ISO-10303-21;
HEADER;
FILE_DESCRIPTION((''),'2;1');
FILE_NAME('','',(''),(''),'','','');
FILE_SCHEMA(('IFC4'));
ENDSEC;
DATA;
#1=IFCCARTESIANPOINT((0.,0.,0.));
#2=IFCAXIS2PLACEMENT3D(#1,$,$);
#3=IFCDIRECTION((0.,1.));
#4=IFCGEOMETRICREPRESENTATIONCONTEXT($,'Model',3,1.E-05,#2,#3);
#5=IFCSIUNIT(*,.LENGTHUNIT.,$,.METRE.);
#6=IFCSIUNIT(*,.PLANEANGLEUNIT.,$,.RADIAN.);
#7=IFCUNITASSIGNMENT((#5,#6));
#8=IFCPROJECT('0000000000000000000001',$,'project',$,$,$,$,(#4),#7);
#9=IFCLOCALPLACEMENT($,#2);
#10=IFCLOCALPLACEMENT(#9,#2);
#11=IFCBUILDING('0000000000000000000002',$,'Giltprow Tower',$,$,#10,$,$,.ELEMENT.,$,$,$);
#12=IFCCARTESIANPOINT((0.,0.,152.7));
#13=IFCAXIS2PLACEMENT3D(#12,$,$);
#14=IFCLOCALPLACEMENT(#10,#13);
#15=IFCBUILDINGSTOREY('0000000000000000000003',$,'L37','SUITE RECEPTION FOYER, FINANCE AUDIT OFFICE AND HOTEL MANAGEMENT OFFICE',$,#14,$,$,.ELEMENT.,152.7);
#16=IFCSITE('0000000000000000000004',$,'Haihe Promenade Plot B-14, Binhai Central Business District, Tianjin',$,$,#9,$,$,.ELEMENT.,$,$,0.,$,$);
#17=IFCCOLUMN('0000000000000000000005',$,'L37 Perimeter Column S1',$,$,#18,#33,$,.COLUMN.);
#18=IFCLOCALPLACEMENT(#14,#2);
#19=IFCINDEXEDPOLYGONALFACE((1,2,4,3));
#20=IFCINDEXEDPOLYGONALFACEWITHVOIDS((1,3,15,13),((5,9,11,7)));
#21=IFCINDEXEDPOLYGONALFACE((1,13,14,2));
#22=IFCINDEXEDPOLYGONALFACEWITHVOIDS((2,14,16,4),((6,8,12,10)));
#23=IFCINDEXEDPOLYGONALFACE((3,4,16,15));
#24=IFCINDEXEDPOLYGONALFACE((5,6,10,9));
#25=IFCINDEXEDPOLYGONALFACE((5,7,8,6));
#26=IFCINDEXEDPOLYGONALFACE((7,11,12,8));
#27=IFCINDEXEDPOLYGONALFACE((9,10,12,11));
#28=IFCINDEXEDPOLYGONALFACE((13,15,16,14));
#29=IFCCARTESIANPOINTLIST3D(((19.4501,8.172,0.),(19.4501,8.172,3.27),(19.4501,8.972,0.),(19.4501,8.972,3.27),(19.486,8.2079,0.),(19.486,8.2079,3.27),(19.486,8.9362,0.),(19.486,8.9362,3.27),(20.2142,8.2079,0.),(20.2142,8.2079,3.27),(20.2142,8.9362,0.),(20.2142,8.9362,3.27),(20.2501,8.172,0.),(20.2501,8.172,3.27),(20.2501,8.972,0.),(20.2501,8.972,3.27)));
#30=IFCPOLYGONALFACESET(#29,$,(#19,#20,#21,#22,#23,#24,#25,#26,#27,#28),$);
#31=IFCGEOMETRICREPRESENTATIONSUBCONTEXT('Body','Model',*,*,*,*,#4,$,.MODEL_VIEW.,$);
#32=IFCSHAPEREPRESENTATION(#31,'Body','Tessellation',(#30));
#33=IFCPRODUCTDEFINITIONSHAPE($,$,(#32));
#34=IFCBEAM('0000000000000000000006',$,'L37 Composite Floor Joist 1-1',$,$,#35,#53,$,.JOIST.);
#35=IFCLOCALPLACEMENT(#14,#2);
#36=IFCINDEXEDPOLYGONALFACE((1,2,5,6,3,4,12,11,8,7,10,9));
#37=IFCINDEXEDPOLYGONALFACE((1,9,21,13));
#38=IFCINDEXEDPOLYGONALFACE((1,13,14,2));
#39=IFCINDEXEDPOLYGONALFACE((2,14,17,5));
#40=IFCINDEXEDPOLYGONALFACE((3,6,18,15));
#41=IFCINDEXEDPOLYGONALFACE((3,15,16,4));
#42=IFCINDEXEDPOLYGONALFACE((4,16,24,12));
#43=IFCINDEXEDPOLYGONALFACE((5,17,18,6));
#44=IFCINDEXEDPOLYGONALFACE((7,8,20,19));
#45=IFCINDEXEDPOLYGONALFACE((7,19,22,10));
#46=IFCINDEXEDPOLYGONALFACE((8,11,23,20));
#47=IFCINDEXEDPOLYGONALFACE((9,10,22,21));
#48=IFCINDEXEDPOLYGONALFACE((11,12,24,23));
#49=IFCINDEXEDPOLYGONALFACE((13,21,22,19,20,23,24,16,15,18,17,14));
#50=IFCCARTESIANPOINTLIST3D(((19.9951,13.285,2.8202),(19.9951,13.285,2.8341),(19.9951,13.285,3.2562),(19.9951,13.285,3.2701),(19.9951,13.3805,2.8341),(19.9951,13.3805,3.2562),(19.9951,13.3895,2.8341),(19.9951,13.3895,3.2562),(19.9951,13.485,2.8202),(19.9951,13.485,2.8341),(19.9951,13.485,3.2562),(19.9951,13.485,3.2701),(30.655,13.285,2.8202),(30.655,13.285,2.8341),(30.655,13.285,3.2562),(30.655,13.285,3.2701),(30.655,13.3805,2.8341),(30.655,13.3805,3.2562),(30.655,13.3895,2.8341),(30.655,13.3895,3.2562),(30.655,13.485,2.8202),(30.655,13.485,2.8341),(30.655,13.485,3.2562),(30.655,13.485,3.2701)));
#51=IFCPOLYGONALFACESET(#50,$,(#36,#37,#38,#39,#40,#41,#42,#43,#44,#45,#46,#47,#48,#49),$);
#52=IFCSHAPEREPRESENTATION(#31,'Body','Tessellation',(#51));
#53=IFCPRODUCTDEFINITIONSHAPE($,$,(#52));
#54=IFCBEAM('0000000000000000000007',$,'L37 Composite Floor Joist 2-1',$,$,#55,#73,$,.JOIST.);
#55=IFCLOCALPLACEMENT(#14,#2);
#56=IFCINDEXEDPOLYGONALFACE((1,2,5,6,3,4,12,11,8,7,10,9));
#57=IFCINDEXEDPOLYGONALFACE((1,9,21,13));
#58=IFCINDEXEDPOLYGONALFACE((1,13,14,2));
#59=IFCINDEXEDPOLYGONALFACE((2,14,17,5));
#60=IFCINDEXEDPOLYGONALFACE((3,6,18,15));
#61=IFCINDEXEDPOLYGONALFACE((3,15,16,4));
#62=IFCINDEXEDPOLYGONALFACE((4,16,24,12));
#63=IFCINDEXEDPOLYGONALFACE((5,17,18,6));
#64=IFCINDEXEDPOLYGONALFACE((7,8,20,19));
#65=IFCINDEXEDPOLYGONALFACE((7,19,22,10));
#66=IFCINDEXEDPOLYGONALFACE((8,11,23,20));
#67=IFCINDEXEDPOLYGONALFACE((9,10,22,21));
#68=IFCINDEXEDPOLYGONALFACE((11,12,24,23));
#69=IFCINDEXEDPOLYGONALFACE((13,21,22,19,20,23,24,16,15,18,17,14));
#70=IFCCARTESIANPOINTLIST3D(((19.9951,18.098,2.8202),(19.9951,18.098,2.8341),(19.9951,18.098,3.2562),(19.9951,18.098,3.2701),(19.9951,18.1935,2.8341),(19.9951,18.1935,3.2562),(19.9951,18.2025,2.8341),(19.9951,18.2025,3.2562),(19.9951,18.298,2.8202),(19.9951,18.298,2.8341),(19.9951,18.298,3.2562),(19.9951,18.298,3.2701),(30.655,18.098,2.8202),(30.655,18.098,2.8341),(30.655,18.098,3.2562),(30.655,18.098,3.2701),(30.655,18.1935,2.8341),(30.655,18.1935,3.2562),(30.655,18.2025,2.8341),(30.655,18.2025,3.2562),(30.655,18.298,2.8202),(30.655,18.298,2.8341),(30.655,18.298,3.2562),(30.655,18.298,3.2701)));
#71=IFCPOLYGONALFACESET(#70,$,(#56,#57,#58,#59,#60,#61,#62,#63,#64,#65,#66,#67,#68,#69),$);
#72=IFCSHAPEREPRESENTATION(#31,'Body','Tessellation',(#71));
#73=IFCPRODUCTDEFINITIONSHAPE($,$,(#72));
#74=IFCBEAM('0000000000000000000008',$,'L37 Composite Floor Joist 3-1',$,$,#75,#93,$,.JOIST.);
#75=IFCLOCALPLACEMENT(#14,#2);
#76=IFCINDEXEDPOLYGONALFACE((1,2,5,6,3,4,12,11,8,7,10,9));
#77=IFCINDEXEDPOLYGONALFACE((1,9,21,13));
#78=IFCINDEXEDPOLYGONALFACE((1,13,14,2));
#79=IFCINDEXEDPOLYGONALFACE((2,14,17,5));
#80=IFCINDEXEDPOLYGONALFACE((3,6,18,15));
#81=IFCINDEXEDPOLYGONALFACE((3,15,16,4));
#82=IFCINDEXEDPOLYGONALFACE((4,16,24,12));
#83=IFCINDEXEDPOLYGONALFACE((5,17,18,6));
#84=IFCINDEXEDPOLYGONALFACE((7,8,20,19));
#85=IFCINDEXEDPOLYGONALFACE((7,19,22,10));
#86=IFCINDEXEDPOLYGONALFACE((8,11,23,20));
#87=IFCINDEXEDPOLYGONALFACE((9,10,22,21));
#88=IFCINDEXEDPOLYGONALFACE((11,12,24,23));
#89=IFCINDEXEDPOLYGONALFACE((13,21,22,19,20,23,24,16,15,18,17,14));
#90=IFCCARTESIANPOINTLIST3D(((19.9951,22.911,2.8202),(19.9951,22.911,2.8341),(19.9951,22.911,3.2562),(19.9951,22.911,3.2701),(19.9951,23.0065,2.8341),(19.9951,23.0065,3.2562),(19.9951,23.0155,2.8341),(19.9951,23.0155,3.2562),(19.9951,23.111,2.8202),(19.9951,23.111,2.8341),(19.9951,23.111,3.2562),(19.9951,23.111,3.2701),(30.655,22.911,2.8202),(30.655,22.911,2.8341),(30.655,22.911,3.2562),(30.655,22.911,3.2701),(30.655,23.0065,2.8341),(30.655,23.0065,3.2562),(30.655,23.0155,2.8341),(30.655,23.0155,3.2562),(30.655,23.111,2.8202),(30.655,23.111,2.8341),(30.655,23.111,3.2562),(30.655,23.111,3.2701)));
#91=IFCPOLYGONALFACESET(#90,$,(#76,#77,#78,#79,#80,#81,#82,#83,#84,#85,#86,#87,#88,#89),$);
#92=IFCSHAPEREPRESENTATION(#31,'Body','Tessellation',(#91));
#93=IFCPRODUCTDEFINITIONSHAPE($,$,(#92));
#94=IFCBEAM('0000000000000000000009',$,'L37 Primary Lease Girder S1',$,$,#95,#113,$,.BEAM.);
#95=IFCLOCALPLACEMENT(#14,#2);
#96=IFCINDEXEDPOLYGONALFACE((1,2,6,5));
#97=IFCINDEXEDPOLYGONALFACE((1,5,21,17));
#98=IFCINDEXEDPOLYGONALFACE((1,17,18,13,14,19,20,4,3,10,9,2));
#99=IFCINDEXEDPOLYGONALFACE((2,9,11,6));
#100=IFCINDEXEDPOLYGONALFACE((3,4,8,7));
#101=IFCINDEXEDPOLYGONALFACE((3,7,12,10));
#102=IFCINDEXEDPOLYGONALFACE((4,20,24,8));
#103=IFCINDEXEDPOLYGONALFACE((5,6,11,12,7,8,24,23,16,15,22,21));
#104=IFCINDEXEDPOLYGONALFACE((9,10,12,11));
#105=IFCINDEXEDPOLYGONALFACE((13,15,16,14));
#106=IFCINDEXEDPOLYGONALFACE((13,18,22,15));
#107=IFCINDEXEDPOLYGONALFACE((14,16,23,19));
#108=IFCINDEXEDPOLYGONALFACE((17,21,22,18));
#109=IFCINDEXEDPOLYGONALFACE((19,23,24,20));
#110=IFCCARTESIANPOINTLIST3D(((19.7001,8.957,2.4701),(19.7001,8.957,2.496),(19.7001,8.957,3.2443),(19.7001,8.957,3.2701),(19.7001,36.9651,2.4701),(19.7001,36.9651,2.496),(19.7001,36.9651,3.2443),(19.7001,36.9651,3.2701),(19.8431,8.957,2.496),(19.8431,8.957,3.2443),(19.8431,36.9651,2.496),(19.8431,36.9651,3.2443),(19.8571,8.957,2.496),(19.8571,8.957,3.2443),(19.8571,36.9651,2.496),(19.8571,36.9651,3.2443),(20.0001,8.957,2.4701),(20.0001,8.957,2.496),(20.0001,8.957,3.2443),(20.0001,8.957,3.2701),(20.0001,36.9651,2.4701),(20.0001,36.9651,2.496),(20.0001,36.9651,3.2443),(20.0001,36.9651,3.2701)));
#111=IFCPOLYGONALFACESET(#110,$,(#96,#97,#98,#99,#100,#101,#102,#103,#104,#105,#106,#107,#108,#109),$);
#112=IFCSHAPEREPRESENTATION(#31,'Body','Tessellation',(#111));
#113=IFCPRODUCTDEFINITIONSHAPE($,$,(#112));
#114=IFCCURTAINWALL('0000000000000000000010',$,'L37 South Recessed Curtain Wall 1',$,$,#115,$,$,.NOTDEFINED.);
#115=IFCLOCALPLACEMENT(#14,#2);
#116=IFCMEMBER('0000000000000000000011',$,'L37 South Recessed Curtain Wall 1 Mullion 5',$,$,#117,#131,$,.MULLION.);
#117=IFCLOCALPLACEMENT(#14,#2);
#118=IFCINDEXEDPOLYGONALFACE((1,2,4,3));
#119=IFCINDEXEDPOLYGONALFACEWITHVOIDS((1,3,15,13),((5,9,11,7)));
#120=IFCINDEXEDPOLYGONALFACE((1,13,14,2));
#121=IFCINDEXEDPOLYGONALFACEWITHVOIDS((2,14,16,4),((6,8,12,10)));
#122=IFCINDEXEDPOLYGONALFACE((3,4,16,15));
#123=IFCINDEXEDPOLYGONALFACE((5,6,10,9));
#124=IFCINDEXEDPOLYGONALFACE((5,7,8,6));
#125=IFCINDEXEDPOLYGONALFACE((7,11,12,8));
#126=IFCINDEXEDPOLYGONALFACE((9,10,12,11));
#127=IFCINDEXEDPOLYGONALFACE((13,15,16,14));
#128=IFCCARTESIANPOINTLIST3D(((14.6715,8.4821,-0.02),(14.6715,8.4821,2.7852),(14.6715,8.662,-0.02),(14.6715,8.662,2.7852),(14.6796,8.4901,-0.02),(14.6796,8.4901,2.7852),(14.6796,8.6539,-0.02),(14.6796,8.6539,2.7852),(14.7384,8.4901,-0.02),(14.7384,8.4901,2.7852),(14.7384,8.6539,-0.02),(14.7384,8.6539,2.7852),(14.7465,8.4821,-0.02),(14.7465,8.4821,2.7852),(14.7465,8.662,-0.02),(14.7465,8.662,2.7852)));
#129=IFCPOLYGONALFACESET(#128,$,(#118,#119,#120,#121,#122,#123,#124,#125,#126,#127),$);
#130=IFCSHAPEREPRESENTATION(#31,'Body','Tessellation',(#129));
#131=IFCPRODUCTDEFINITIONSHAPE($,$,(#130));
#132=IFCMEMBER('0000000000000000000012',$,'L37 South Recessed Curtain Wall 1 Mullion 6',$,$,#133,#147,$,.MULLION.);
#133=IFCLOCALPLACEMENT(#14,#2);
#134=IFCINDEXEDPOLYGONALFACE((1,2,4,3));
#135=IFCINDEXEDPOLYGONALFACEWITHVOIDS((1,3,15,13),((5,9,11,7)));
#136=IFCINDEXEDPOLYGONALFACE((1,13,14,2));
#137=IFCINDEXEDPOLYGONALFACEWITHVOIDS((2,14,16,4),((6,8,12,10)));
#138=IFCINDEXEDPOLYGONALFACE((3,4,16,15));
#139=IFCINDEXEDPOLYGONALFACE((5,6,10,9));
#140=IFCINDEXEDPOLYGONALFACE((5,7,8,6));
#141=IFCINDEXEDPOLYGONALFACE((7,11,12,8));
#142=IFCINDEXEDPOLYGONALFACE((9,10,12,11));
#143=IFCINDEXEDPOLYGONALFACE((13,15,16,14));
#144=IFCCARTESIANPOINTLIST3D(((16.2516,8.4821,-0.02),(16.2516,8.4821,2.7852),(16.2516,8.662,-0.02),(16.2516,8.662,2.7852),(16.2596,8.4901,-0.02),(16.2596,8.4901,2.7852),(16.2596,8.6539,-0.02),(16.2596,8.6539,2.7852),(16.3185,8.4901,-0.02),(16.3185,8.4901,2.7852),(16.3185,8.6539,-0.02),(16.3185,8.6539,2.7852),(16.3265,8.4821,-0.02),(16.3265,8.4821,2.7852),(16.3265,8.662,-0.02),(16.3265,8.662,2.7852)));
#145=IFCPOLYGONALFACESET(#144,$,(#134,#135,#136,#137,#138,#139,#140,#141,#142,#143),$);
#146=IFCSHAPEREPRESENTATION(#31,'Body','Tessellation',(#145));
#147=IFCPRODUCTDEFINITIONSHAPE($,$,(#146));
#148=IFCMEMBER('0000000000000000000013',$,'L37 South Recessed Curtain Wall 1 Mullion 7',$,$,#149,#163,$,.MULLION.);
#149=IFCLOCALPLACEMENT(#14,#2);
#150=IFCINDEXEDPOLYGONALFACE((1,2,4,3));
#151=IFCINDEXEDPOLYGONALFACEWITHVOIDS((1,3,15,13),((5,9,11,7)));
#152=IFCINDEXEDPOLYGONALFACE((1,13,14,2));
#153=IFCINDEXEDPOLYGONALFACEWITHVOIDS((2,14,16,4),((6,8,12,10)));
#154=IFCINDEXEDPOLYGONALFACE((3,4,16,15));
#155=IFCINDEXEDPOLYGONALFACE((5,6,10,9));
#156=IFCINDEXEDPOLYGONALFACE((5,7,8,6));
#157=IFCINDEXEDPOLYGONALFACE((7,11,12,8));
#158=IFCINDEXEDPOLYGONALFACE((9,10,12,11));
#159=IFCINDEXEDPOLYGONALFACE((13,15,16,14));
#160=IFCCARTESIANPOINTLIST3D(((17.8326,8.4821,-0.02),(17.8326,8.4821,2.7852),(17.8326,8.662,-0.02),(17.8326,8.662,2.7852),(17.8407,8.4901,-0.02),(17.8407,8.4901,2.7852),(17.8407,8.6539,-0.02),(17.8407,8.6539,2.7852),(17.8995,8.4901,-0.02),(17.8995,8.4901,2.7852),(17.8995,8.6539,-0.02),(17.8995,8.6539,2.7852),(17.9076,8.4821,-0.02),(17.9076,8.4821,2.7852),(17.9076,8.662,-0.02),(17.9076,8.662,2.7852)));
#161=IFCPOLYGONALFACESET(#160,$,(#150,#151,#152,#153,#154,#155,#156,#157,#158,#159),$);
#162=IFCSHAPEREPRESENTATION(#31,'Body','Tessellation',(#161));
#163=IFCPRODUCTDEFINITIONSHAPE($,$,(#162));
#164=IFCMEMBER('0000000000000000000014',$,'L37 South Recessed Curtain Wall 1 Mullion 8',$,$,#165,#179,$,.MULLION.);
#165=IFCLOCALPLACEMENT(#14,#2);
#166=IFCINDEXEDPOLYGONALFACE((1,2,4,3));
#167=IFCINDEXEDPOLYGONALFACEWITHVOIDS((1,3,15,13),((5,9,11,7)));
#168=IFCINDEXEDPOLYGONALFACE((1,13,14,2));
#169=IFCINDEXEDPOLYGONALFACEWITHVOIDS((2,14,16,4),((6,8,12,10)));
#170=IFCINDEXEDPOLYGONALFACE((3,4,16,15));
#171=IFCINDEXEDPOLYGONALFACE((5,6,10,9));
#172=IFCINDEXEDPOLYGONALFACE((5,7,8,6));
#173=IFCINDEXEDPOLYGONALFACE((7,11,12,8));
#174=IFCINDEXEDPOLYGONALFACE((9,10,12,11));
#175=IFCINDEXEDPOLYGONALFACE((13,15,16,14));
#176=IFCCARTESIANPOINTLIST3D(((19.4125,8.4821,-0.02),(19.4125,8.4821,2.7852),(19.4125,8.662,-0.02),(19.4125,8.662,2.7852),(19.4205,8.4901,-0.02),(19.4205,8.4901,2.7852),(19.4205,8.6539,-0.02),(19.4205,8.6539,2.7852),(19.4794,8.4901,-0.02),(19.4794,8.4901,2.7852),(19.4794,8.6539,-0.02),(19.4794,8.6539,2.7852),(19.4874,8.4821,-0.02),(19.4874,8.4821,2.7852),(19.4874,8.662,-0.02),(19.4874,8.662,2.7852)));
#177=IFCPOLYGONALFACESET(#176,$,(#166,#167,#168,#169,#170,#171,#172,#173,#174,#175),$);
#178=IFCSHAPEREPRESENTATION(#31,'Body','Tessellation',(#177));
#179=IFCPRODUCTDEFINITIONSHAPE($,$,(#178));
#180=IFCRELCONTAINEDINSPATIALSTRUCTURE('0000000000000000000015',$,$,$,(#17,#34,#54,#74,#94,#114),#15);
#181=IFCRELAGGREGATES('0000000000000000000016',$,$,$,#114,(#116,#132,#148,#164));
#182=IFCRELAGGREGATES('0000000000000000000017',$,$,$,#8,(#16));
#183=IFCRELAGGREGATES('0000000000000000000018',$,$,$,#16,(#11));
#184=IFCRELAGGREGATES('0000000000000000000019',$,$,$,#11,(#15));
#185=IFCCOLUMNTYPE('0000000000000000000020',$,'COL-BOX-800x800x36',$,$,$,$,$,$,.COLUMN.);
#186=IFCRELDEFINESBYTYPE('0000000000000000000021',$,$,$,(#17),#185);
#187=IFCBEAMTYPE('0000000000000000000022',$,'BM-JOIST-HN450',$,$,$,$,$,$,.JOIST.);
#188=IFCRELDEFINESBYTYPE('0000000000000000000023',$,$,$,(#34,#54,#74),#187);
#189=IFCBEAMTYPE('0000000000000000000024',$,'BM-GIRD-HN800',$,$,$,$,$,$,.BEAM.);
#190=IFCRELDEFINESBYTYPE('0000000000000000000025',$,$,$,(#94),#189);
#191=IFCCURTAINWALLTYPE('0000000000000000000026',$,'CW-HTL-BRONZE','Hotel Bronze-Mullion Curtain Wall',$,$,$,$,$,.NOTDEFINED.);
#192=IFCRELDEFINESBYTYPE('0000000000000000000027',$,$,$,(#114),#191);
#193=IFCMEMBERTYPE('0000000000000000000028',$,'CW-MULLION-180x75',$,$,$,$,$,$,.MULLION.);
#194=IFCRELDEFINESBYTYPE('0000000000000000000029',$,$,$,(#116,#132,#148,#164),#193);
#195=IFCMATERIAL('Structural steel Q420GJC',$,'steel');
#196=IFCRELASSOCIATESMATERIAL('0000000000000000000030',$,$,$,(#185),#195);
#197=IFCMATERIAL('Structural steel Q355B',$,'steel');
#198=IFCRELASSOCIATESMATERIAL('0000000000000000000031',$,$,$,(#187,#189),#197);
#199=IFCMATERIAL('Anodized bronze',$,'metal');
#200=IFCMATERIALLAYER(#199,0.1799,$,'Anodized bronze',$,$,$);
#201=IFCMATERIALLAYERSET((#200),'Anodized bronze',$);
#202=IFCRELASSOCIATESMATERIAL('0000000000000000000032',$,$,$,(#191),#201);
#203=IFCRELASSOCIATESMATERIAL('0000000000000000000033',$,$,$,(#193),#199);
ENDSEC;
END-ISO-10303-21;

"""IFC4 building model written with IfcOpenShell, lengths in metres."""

from ifc_helpers import new_model, si_unit, direction, frame, origin, origin_2d, place, context, subcontext, project, spatial, hollow_rectangle, i_section, extrude, source, transform, mapped, material, layer, layer_set, material_profile, profile_set, type_object, element, aggregate, save


model = new_model("IFC4")

# Units and contexts
model_context = context("Model", 3, precision=1e-05, world=origin(), true_north=direction((0.0, 1.0)))
body_context = subcontext(model_context, "Body", "Model", "MODEL_VIEW")
ifc_project = project(units=[si_unit("LENGTHUNIT", "METRE"), si_unit("PLANEANGLEUNIT", "RADIAN")], contexts=[model_context])

# Site, building, storey
site_placement = place(None, origin())
site = spatial("IfcSite", under=ifc_project, at=site_placement, Name="Haihe Promenade Plot B-14, Binhai Central Business District, Tianjin", CompositionType="ELEMENT", RefElevation=0.0)
building_placement = place(site_placement, origin())
building = spatial("IfcBuilding", under=site, at=building_placement, Name="Giltprow Tower", CompositionType="ELEMENT")
storey_placement = place(building_placement, frame((0.0, 0.0, 152.7)))
storey = spatial("IfcBuildingStorey", under=building, at=storey_placement, Name="L37", Description="SUITE RECEPTION FOYER, FINANCE AUDIT OFFICE AND HOTEL MANAGEMENT OFFICE", CompositionType="ELEMENT", Elevation=152.7)

# Column
ifc_material_1 = material(Name="Structural steel Q420GJC", Category="steel")
ifc_material_profile_1 = material_profile(ifc_material_1, hollow_rectangle(XDim=0.8, YDim=0.8, WallThickness=0.0359, at=origin_2d()), Name="BOX 800x800x36")
ifc_profile_set_1 = profile_set([ifc_material_profile_1], Name="Structural steel Q420GJC")
column_type = type_object("IfcColumnType", Name="COL-BOX-800x800x36", PredefinedType="COLUMN", material=ifc_profile_set_1)
shared_shape_1 = source(origin(), body_context, "Body", "SweptSolid", [
    extrude(hollow_rectangle(XDim=0.8, YDim=0.8, WallThickness=0.0359, at=origin_2d()), origin(), (0.0, 0.0, 1.0), 3.27),
])
column_placement = place(storey_placement, frame((19.8501, 8.572, 0.0), z_axis=(0.0, 0.0, 1.0), x_axis=(1.0, 0.0, 0.0)))
element("IfcColumn", 1, at=column_placement, inside=storey, type_object=column_type, Name="L37 Perimeter Column S1", PredefinedType="COLUMN", context=body_context, shape_type="MappedRepresentation", body=[
    mapped(shared_shape_1, transform((0.0, 0.0, 0.0), x_axis=(1.0, 0.0, 0.0), y_axis=(0.0, 1.0, 0.0), z_axis=(0.0, 0.0, 1.0), scale=1.0)),
])

# Beams
ifc_material_2 = material(Name="Structural steel Q355B", Category="steel")
ifc_material_profile_2 = material_profile(ifc_material_2, i_section(OverallWidth=0.2, OverallDepth=0.45, WebThickness=0.009, FlangeThickness=0.0139, at=origin_2d()), Name="HN 450x200x9x14")
ifc_profile_set_2 = profile_set([ifc_material_profile_2], Name="Structural steel Q355B")
beam_type_1 = type_object("IfcBeamType", Name="BM-JOIST-HN450", PredefinedType="JOIST", material=ifc_profile_set_2)
shared_shape_2 = source(origin(), body_context, "Body", "SweptSolid", [
    extrude(i_section(OverallWidth=0.2, OverallDepth=0.45, WebThickness=0.009, FlangeThickness=0.0139, at=origin_2d()), origin(), (0.0, 0.0, 1.0), 10.6599),
])
for number, where, z_axis, x_axis, name in (
    (2, (19.9951, 13.385, 3.0452), (1.0, 0.0, 0.0), (0.0, 1.0, 0.0), "L37 Composite Floor Joist 1-1"),
    (3, (19.9951, 18.198, 3.0452), (1.0, 0.0, 0.0), (0.0, 1.0, 0.0), "L37 Composite Floor Joist 2-1"),
    (4, (19.9951, 23.011, 3.0452), (1.0, 0.0, 0.0), (0.0, 1.0, 0.0), "L37 Composite Floor Joist 3-1"),
):
    element("IfcBeam", number, at=place(storey_placement, frame(where, z_axis=z_axis, x_axis=x_axis)), inside=storey, type_object=beam_type_1, Name=name, PredefinedType="JOIST", context=body_context, shape_type="MappedRepresentation", body=[
        mapped(shared_shape_2, transform((0.0, 0.0, 0.0), x_axis=(1.0, 0.0, 0.0), y_axis=(0.0, 1.0, 0.0), z_axis=(0.0, 0.0, 1.0), scale=1.0)),
    ])
ifc_material_profile_3 = material_profile(ifc_material_2, i_section(OverallWidth=0.3, OverallDepth=0.8, WebThickness=0.0139, FlangeThickness=0.0259, at=origin_2d()), Name="HN 800x300x14x26")
ifc_profile_set_3 = profile_set([ifc_material_profile_3], Name="Structural steel Q355B")
beam_type_2 = type_object("IfcBeamType", Name="BM-GIRD-HN800", PredefinedType="BEAM", material=ifc_profile_set_3)
shared_shape_3 = source(origin(), body_context, "Body", "SweptSolid", [
    extrude(i_section(OverallWidth=0.3, OverallDepth=0.8, WebThickness=0.0139, FlangeThickness=0.0259, at=origin_2d()), origin(), (0.0, 0.0, 1.0), 28.0081),
])
beam_placement = place(storey_placement, frame((19.8501, 8.957, 2.8701), z_axis=(0.0, 1.0, 0.0), x_axis=(-1.0, 0.0, 0.0)))
element("IfcBeam", 5, at=beam_placement, inside=storey, type_object=beam_type_2, Name="L37 Primary Lease Girder S1", PredefinedType="BEAM", context=body_context, shape_type="MappedRepresentation", body=[
    mapped(shared_shape_3, transform((0.0, 0.0, 0.0), x_axis=(1.0, 0.0, 0.0), y_axis=(0.0, 1.0, 0.0), z_axis=(0.0, 0.0, 1.0), scale=1.0)),
])

# Curtain wall, members
ifc_material_3 = material(Name="Anodized bronze", Category="metal")
ifc_layer = layer(ifc_material_3, 0.1799, Name="Anodized bronze")
ifc_layer_set = layer_set([ifc_layer], Name="Anodized bronze")
curtain_wall_type = type_object("IfcCurtainWallType", Name="CW-HTL-BRONZE", Description="Hotel Bronze-Mullion Curtain Wall", PredefinedType="NOTDEFINED", material=ifc_layer_set)
curtain_wall_placement = place(storey_placement, origin())
curtain_wall = element("IfcCurtainWall", 6, at=curtain_wall_placement, inside=storey, type_object=curtain_wall_type, Name="L37 South Recessed Curtain Wall 1", PredefinedType="NOTDEFINED")
ifc_material_profile_4 = material_profile(ifc_material_3, hollow_rectangle(XDim=0.075, YDim=0.1799, WallThickness=0.0081, at=origin_2d()), Name="RHS 180x75x8")
ifc_profile_set_4 = profile_set([ifc_material_profile_4], Name="Anodized bronze")
member_type = type_object("IfcMemberType", Name="CW-MULLION-180x75", PredefinedType="MULLION", material=ifc_profile_set_4)
shared_shape_4 = source(origin(), body_context, "Body", "SweptSolid", [
    extrude(hollow_rectangle(XDim=0.075, YDim=0.1799, WallThickness=0.0081, at=origin_2d()), origin(), (0.0, 0.0, 1.0), 2.8052),
])
member_1_placement = place(storey_placement, frame((14.709, 8.572, -0.02), z_axis=(0.0, 0.0, 1.0), x_axis=(1.0, 0.0, 0.0)))
member_1 = element("IfcMember", 7, at=member_1_placement, type_object=member_type, Name="L37 South Recessed Curtain Wall 1 Mullion 5", PredefinedType="MULLION", context=body_context, shape_type="MappedRepresentation", body=[
    mapped(shared_shape_4, transform((0.0, 0.0, 0.0), x_axis=(1.0, 0.0, 0.0), y_axis=(0.0, 1.0, 0.0), z_axis=(0.0, 0.0, 1.0), scale=1.0)),
])
member_2_placement = place(storey_placement, frame((16.2891, 8.572, -0.02), z_axis=(0.0, 0.0, 1.0), x_axis=(1.0, 0.0, 0.0)))
member_2 = element("IfcMember", 8, at=member_2_placement, type_object=member_type, Name="L37 South Recessed Curtain Wall 1 Mullion 6", PredefinedType="MULLION", context=body_context, shape_type="MappedRepresentation", body=[
    mapped(shared_shape_4, transform((0.0, 0.0, 0.0), x_axis=(1.0, 0.0, 0.0), y_axis=(0.0, 1.0, 0.0), z_axis=(0.0, 0.0, 1.0), scale=1.0)),
])
member_3_placement = place(storey_placement, frame((17.8701, 8.572, -0.02), z_axis=(0.0, 0.0, 1.0), x_axis=(1.0, 0.0, 0.0)))
member_3 = element("IfcMember", 9, at=member_3_placement, type_object=member_type, Name="L37 South Recessed Curtain Wall 1 Mullion 7", PredefinedType="MULLION", context=body_context, shape_type="MappedRepresentation", body=[
    mapped(shared_shape_4, transform((0.0, 0.0, 0.0), x_axis=(1.0, 0.0, 0.0), y_axis=(0.0, 1.0, 0.0), z_axis=(0.0, 0.0, 1.0), scale=1.0)),
])
member_4_placement = place(storey_placement, frame((19.45, 8.572, -0.02), z_axis=(0.0, 0.0, 1.0), x_axis=(1.0, 0.0, 0.0)))
member_4 = element("IfcMember", 10, at=member_4_placement, type_object=member_type, Name="L37 South Recessed Curtain Wall 1 Mullion 8", PredefinedType="MULLION", context=body_context, shape_type="MappedRepresentation", body=[
    mapped(shared_shape_4, transform((0.0, 0.0, 0.0), x_axis=(1.0, 0.0, 0.0), y_axis=(0.0, 1.0, 0.0), z_axis=(0.0, 0.0, 1.0), scale=1.0)),
])
aggregate(curtain_wall, [member_1, member_2, member_3, member_4])

save(model, "model.ifc")
